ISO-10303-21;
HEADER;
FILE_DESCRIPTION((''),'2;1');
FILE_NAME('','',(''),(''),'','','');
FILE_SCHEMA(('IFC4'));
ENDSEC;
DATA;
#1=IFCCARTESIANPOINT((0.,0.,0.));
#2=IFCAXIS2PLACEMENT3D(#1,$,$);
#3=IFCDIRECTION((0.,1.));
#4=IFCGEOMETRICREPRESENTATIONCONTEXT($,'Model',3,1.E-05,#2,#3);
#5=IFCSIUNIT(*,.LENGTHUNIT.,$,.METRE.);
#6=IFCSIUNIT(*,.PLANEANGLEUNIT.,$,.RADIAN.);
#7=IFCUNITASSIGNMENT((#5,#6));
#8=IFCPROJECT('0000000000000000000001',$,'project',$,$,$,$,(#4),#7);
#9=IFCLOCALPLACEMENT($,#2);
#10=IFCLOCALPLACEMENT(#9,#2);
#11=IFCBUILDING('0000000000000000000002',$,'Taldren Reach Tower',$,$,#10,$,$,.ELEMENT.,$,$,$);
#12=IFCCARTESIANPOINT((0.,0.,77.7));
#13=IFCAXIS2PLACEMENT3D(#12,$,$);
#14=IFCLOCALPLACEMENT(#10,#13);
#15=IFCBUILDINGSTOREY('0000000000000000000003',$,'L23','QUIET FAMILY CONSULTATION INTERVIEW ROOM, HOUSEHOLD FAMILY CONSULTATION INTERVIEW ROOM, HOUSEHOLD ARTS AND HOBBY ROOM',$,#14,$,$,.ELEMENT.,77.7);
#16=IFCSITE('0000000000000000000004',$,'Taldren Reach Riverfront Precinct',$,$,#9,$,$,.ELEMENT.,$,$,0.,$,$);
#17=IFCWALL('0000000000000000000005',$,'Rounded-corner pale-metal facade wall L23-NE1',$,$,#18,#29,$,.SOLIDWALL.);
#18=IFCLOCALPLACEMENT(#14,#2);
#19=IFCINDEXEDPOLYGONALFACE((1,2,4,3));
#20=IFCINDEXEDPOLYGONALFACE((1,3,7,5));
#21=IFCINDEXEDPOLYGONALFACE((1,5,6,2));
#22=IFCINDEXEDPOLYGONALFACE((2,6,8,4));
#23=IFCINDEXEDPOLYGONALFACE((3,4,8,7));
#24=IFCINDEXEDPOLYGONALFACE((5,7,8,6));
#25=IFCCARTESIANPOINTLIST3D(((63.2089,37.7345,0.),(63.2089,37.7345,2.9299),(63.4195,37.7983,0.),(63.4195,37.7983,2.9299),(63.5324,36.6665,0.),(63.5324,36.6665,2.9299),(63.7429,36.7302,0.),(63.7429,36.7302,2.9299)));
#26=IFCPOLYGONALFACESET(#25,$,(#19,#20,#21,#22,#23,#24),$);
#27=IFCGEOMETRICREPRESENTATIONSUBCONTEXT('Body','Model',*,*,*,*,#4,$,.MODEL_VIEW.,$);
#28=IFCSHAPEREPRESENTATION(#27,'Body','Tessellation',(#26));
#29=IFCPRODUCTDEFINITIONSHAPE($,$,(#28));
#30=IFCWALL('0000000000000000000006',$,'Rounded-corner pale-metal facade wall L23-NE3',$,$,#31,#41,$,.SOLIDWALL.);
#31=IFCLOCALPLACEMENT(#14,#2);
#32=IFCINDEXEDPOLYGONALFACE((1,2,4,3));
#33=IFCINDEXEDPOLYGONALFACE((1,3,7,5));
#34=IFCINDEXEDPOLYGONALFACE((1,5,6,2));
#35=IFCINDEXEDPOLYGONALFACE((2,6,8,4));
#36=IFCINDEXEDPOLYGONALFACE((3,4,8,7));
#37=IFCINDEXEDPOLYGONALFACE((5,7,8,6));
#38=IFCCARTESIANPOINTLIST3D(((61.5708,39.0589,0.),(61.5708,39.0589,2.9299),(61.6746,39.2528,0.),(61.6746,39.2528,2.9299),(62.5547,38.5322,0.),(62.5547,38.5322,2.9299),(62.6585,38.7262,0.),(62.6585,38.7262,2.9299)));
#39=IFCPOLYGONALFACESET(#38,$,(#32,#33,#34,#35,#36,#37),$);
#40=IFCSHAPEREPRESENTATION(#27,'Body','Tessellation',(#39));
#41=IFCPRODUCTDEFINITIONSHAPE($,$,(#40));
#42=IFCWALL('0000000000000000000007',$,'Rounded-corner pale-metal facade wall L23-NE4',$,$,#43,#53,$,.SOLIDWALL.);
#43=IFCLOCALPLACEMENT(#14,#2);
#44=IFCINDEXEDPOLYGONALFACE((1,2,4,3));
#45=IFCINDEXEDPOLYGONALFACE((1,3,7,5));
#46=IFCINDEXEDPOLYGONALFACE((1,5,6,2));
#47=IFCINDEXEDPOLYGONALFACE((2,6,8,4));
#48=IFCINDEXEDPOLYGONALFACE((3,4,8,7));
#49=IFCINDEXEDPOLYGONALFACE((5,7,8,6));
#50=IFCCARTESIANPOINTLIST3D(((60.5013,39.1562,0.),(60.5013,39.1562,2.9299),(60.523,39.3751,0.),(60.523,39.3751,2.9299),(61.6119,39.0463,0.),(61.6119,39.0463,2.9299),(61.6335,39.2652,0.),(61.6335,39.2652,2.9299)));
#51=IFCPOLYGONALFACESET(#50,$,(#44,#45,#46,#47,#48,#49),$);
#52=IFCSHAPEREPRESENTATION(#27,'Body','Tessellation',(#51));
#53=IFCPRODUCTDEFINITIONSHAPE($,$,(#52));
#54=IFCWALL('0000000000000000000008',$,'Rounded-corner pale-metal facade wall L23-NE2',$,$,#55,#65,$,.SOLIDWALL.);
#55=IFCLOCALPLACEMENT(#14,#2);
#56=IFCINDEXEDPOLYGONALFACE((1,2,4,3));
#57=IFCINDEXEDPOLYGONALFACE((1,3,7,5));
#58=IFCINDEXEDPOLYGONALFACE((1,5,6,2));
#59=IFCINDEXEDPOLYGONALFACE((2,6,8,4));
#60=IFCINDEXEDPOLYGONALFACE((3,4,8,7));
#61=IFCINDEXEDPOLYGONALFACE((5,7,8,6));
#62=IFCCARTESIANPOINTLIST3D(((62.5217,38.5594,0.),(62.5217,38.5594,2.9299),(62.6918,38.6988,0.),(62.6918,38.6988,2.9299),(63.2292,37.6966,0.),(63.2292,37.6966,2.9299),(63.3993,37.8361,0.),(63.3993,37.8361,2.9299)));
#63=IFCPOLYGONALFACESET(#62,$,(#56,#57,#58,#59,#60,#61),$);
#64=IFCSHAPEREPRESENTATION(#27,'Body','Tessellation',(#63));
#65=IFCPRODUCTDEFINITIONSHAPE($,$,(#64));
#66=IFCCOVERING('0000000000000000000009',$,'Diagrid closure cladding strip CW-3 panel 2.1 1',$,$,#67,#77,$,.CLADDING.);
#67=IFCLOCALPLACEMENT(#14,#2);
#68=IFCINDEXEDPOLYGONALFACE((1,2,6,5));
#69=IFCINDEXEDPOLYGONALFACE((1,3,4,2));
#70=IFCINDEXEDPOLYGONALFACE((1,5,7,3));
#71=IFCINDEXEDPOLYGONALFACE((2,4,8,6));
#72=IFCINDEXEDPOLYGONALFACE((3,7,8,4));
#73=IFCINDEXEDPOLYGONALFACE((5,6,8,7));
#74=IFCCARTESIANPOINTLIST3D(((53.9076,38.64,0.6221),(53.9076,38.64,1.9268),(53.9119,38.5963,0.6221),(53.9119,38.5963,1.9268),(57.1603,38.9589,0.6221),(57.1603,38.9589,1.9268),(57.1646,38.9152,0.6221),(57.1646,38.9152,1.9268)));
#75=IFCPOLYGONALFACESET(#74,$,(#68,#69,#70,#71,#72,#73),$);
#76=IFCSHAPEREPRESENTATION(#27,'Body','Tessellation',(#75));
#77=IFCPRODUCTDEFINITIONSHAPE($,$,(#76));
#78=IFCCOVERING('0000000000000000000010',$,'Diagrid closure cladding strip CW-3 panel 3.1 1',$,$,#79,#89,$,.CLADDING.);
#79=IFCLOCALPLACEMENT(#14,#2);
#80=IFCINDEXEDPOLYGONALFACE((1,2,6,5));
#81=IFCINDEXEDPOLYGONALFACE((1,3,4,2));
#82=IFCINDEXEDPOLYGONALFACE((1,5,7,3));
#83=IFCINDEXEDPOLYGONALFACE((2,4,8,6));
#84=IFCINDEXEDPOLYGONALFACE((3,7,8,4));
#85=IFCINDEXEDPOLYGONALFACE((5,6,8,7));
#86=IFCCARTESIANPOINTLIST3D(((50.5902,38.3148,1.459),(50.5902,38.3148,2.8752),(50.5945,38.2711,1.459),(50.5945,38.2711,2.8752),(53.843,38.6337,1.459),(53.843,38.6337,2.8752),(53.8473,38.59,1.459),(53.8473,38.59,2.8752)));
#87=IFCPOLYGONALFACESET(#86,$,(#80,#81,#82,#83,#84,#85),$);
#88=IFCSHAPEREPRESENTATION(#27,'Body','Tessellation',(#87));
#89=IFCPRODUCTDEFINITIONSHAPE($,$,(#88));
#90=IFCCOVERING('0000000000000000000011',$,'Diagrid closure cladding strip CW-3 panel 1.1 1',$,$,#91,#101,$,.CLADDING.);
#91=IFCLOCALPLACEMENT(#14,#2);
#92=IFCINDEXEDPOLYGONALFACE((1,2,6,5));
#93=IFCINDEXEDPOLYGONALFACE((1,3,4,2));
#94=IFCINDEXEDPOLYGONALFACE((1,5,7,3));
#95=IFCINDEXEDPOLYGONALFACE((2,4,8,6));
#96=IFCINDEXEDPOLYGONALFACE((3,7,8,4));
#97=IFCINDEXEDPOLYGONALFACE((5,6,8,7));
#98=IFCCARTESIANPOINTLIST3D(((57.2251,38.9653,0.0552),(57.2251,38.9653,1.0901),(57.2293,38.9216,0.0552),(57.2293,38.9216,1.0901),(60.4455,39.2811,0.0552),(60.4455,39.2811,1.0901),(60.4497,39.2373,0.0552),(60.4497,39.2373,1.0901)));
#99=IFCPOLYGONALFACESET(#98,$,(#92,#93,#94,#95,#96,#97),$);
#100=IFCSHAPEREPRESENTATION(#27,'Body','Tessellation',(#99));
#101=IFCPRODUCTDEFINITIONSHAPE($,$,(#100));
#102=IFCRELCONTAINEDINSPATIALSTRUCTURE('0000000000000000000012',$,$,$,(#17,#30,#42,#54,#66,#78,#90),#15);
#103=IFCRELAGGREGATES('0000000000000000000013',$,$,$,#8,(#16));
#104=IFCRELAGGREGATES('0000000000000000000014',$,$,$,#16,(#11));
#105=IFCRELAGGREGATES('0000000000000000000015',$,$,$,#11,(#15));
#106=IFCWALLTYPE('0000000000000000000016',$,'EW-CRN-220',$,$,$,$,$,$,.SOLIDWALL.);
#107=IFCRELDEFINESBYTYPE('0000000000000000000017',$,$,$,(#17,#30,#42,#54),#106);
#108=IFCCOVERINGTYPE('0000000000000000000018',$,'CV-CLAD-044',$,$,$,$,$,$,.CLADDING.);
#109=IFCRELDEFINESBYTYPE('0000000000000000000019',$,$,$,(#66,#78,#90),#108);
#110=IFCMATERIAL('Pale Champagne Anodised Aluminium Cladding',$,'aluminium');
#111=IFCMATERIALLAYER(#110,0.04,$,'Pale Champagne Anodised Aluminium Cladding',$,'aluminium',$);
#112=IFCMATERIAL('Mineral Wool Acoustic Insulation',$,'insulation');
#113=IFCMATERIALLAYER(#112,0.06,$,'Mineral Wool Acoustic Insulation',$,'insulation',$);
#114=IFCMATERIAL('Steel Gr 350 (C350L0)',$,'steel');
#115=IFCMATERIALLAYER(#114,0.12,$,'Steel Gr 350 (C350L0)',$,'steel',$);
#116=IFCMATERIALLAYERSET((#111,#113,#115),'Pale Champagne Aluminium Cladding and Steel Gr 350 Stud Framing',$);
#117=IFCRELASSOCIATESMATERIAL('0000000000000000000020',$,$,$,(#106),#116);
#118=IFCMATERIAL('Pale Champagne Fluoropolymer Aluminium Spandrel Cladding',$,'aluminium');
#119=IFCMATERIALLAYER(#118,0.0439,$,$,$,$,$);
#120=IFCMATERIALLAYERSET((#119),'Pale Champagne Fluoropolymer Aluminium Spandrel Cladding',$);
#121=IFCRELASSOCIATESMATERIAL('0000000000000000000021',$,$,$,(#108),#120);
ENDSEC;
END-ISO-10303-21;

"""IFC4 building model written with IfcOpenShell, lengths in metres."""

from ifc_helpers import new_model, si_unit, direction, frame, frame_2d, origin, origin_2d, place, context, subcontext, project, spatial, rectangle, extrude, source, transform, mapped, material, layer, layer_set, type_object, element, save


model = new_model("IFC4")

# Units and contexts
model_context = context("Model", 3, precision=1e-05, world=origin(), true_north=direction((0.0, 1.0)))
body_context = subcontext(model_context, "Body", "Model", "MODEL_VIEW")
ifc_project = project(units=[si_unit("LENGTHUNIT", "METRE"), si_unit("PLANEANGLEUNIT", "RADIAN")], contexts=[model_context])

# Site, building, storey
site_placement = place(None, origin())
site = spatial("IfcSite", under=ifc_project, at=site_placement, Name="Taldren Reach Riverfront Precinct", CompositionType="ELEMENT", RefElevation=0.0)
building_placement = place(site_placement, origin())
building = spatial("IfcBuilding", under=site, at=building_placement, Name="Taldren Reach Tower", CompositionType="ELEMENT")
storey_placement = place(building_placement, frame((0.0, 0.0, 77.7)))
storey = spatial("IfcBuildingStorey", under=building, at=storey_placement, Name="L23", Description="QUIET FAMILY CONSULTATION INTERVIEW ROOM, HOUSEHOLD FAMILY CONSULTATION INTERVIEW ROOM, HOUSEHOLD ARTS AND HOBBY ROOM", CompositionType="ELEMENT", Elevation=77.7)

# Shared definitions
ifc_material_1 = material(Name="Steel Gr 350 (C350L0)", Category="steel")

# Walls
ifc_material_2 = material(Name="Pale Champagne Anodised Aluminium Cladding", Category="aluminium")
ifc_layer_1 = layer(ifc_material_2, 0.04, Name="Pale Champagne Anodised Aluminium Cladding", Category="aluminium")
ifc_material_3 = material(Name="Mineral Wool Acoustic Insulation", Category="insulation")
ifc_layer_2 = layer(ifc_material_3, 0.06, Name="Mineral Wool Acoustic Insulation", Category="insulation")
ifc_layer_3 = layer(ifc_material_1, 0.12, Name="Steel Gr 350 (C350L0)", Category="steel")
ifc_layer_set_1 = layer_set([ifc_layer_1, ifc_layer_2, ifc_layer_3], Name="Pale Champagne Aluminium Cladding and Steel Gr 350 Stud Framing")
wall_type = type_object("IfcWallType", Name="EW-CRN-220", PredefinedType="SOLIDWALL", material=ifc_layer_set_1)
shared_shape_1 = source(origin(), body_context, "Body", "SweptSolid", [
    extrude(rectangle(XDim=1.116, YDim=0.22, at=frame_2d((0.5581, 0.0))), origin(), (0.0, 0.0, 1.0), 2.9299),
])
for number, where, z_axis, x_axis, name in (
    (1, (63.6377, 36.6982, 0.0), (0.0, 0.0, 1.0), (-0.289856, 0.95707, 0.0), "Rounded-corner pale-metal facade wall L23-NE1"),
    (2, (62.6067, 38.6292, 0.0), (0.0, 0.0, 1.0), (-0.881656, 0.471894, 0.0), "Rounded-corner pale-metal facade wall L23-NE3"),
    (3, (61.6228, 39.1558, 0.0), (0.0, 0.0, 1.0), (-0.995143, 0.098442, 0.0), "Rounded-corner pale-metal facade wall L23-NE4"),
):
    element("IfcWall", number, at=place(storey_placement, frame(where, z_axis=z_axis, x_axis=x_axis)), inside=storey, type_object=wall_type, Name=name, PredefinedType="SOLIDWALL", context=body_context, shape_type="MappedRepresentation", body=[
        mapped(shared_shape_1, transform((0.0, 0.0, 0.0), scale=1.0)),
    ])
shared_shape_2 = source(origin(), body_context, "Body", "SweptSolid", [
    extrude(rectangle(XDim=1.1157, YDim=0.22, at=frame_2d((0.5579, 0.0))), origin(), (0.0, 0.0, 1.0), 2.9299),
])
wall_placement = place(storey_placement, frame((63.3142, 37.7664, 0.0), z_axis=(0.0, 0.0, 1.0), x_axis=(-0.634095, 0.773255, 0.0)))
element("IfcWall", 4, at=wall_placement, inside=storey, type_object=wall_type, Name="Rounded-corner pale-metal facade wall L23-NE2", PredefinedType="SOLIDWALL", context=body_context, shape_type="MappedRepresentation", body=[
    mapped(shared_shape_2, transform((0.0, 0.0, 0.0), scale=1.0)),
])

# Coverings
ifc_material_4 = material(Name="Pale Champagne Fluoropolymer Aluminium Spandrel Cladding", Category="aluminium")
ifc_layer_4 = layer(ifc_material_4, 0.0439)
ifc_layer_set_2 = layer_set([ifc_layer_4], Name="Pale Champagne Fluoropolymer Aluminium Spandrel Cladding")
covering_type = type_object("IfcCoveringType", Name="CV-CLAD-044", PredefinedType="CLADDING", material=ifc_layer_set_2)
shared_shape_3 = source(origin(), body_context, "Body", "SweptSolid", [
    extrude(rectangle(XDim=3.2683, YDim=0.0439, at=origin_2d()), origin(), (0.0, 0.0, 1.0), 1.3047),
])
covering_1_placement = place(storey_placement, frame((55.5361, 38.7776, 0.6221), z_axis=(0.0, 0.0, 1.0), x_axis=(-0.995227, -0.097583, 0.0)))
element("IfcCovering", 5, at=covering_1_placement, inside=storey, type_object=covering_type, Name="Diagrid closure cladding strip CW-3 panel 2.1 1", PredefinedType="CLADDING", context=body_context, shape_type="MappedRepresentation", body=[
    mapped(shared_shape_3, transform((0.0, 0.0, 0.0), scale=1.0)),
])
shared_shape_4 = source(origin(), body_context, "Body", "SweptSolid", [
    extrude(rectangle(XDim=3.2683, YDim=0.0439, at=origin_2d()), origin(), (0.0, 0.0, 1.0), 1.4163),
])
covering_2_placement = place(storey_placement, frame((52.2188, 38.4524, 1.459), z_axis=(0.0, 0.0, 1.0), x_axis=(-0.995227, -0.097583, 0.0)))
element("IfcCovering", 6, at=covering_2_placement, inside=storey, type_object=covering_type, Name="Diagrid closure cladding strip CW-3 panel 3.1 1", PredefinedType="CLADDING", context=body_context, shape_type="MappedRepresentation", body=[
    mapped(shared_shape_4, transform((0.0, 0.0, 0.0), scale=1.0)),
])
shared_shape_5 = source(origin(), body_context, "Body", "SweptSolid", [
    extrude(rectangle(XDim=3.2358, YDim=0.0439, at=origin_2d()), origin(), (0.0, 0.0, 1.0), 1.0349),
])
covering_3_placement = place(storey_placement, frame((58.8374, 39.1013, 0.0552), z_axis=(0.0, 0.0, 1.0), x_axis=(-0.995227, -0.097583, 0.0)))
element("IfcCovering", 7, at=covering_3_placement, inside=storey, type_object=covering_type, Name="Diagrid closure cladding strip CW-3 panel 1.1 1", PredefinedType="CLADDING", context=body_context, shape_type="MappedRepresentation", body=[
    mapped(shared_shape_5, transform((0.0, 0.0, 0.0), scale=1.0)),
])

save(model, "model.ifc")
